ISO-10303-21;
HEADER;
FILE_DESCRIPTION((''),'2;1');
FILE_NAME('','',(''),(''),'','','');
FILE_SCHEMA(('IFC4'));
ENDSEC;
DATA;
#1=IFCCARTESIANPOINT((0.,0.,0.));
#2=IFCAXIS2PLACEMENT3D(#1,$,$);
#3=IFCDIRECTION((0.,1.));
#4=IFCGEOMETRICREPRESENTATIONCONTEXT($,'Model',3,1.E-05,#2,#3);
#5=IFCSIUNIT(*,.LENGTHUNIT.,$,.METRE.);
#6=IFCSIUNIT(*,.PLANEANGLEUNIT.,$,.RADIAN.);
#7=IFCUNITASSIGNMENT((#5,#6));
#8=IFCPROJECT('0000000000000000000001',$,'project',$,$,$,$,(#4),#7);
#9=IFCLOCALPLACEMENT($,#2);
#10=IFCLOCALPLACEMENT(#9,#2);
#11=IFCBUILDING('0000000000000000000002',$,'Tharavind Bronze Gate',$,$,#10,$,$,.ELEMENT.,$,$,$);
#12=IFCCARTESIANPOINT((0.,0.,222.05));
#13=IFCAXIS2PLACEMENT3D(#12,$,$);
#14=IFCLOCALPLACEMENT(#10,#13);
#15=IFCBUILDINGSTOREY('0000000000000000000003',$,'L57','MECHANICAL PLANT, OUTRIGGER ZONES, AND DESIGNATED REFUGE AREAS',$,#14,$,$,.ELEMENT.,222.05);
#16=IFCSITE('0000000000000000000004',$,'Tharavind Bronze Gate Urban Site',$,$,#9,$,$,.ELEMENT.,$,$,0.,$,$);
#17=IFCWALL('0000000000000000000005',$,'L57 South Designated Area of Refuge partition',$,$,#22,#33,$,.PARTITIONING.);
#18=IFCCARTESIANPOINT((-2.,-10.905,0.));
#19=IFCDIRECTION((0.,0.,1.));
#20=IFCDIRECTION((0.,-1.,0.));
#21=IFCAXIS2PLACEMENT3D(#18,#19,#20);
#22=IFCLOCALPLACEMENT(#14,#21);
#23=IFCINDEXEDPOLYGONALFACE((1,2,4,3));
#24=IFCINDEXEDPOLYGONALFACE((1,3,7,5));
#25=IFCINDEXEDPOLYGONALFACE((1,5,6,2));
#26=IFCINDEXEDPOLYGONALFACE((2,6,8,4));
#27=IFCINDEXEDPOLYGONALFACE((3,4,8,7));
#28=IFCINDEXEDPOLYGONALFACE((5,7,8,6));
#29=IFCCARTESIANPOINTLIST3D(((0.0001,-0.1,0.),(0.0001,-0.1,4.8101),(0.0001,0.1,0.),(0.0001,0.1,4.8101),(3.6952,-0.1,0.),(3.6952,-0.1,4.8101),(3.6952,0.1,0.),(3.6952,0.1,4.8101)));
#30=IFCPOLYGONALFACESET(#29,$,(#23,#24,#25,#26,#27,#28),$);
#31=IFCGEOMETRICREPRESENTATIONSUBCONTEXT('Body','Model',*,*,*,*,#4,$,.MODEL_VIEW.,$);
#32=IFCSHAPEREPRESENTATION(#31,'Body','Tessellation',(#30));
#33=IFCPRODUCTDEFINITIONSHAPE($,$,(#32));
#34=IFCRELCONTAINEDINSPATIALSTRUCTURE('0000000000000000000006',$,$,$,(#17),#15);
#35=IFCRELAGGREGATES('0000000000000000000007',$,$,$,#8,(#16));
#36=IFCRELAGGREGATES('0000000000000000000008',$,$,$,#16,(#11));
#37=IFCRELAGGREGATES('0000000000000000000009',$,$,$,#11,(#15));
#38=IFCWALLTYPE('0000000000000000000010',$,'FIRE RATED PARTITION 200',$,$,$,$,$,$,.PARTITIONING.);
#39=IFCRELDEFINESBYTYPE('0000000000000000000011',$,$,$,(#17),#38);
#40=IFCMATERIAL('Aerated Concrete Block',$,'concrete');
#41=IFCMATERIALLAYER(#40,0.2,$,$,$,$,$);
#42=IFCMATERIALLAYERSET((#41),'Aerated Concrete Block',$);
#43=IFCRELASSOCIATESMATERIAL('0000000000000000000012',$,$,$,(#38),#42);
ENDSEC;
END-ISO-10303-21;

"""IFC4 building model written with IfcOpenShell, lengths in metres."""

from ifc_helpers import new_model, si_unit, direction, frame, frame_2d, origin, place, context, subcontext, project, spatial, rectangle, extrude, material, layer, layer_set, type_object, element, save


model = new_model("IFC4")

# Units and contexts
model_context = context("Model", 3, precision=1e-05, world=origin(), true_north=direction((0.0, 1.0)))
body_context = subcontext(model_context, "Body", "Model", "MODEL_VIEW")
ifc_project = project(units=[si_unit("LENGTHUNIT", "METRE"), si_unit("PLANEANGLEUNIT", "RADIAN")], contexts=[model_context])

# Site, building, storey
site_placement = place(None, origin())
site = spatial("IfcSite", under=ifc_project, at=site_placement, Name="Tharavind Bronze Gate Urban Site", CompositionType="ELEMENT", RefElevation=0.0)
building_placement = place(site_placement, origin())
building = spatial("IfcBuilding", under=site, at=building_placement, Name="Tharavind Bronze Gate", CompositionType="ELEMENT")
storey_placement = place(building_placement, frame((0.0, 0.0, 222.05)))
storey = spatial("IfcBuildingStorey", under=building, at=storey_placement, Name="L57", Description="MECHANICAL PLANT, OUTRIGGER ZONES, AND DESIGNATED REFUGE AREAS", CompositionType="ELEMENT", Elevation=222.05)

# Shared definitions
ifc_material_1 = material(Name="Aerated Concrete Block", Category="concrete")
ifc_layer_1 = layer(ifc_material_1, 0.2)
ifc_layer_set_1 = layer_set([ifc_layer_1], Name="Aerated Concrete Block")
wall_type_1 = type_object("IfcWallType", Name="FIRE RATED PARTITION 200", PredefinedType="PARTITIONING", material=ifc_layer_set_1)

# Wall
wall_1_placement = place(storey_placement, frame((-2.0, -10.905, 0.0), z_axis=(0.0, 0.0, 1.0), x_axis=(0.0, -1.0, 0.0)))
element("IfcWall", 1, at=wall_1_placement, inside=storey, type_object=wall_type_1, Name="L57 South Designated Area of Refuge partition", PredefinedType="PARTITIONING", context=body_context, shape_type="SweptSolid", body=[
    extrude(rectangle(XDim=3.6951, YDim=0.2, at=frame_2d((1.8477, 0.0))), origin(), (0.0, 0.0, 1.0), 4.8101),
])

save(model, "model.ifc")
